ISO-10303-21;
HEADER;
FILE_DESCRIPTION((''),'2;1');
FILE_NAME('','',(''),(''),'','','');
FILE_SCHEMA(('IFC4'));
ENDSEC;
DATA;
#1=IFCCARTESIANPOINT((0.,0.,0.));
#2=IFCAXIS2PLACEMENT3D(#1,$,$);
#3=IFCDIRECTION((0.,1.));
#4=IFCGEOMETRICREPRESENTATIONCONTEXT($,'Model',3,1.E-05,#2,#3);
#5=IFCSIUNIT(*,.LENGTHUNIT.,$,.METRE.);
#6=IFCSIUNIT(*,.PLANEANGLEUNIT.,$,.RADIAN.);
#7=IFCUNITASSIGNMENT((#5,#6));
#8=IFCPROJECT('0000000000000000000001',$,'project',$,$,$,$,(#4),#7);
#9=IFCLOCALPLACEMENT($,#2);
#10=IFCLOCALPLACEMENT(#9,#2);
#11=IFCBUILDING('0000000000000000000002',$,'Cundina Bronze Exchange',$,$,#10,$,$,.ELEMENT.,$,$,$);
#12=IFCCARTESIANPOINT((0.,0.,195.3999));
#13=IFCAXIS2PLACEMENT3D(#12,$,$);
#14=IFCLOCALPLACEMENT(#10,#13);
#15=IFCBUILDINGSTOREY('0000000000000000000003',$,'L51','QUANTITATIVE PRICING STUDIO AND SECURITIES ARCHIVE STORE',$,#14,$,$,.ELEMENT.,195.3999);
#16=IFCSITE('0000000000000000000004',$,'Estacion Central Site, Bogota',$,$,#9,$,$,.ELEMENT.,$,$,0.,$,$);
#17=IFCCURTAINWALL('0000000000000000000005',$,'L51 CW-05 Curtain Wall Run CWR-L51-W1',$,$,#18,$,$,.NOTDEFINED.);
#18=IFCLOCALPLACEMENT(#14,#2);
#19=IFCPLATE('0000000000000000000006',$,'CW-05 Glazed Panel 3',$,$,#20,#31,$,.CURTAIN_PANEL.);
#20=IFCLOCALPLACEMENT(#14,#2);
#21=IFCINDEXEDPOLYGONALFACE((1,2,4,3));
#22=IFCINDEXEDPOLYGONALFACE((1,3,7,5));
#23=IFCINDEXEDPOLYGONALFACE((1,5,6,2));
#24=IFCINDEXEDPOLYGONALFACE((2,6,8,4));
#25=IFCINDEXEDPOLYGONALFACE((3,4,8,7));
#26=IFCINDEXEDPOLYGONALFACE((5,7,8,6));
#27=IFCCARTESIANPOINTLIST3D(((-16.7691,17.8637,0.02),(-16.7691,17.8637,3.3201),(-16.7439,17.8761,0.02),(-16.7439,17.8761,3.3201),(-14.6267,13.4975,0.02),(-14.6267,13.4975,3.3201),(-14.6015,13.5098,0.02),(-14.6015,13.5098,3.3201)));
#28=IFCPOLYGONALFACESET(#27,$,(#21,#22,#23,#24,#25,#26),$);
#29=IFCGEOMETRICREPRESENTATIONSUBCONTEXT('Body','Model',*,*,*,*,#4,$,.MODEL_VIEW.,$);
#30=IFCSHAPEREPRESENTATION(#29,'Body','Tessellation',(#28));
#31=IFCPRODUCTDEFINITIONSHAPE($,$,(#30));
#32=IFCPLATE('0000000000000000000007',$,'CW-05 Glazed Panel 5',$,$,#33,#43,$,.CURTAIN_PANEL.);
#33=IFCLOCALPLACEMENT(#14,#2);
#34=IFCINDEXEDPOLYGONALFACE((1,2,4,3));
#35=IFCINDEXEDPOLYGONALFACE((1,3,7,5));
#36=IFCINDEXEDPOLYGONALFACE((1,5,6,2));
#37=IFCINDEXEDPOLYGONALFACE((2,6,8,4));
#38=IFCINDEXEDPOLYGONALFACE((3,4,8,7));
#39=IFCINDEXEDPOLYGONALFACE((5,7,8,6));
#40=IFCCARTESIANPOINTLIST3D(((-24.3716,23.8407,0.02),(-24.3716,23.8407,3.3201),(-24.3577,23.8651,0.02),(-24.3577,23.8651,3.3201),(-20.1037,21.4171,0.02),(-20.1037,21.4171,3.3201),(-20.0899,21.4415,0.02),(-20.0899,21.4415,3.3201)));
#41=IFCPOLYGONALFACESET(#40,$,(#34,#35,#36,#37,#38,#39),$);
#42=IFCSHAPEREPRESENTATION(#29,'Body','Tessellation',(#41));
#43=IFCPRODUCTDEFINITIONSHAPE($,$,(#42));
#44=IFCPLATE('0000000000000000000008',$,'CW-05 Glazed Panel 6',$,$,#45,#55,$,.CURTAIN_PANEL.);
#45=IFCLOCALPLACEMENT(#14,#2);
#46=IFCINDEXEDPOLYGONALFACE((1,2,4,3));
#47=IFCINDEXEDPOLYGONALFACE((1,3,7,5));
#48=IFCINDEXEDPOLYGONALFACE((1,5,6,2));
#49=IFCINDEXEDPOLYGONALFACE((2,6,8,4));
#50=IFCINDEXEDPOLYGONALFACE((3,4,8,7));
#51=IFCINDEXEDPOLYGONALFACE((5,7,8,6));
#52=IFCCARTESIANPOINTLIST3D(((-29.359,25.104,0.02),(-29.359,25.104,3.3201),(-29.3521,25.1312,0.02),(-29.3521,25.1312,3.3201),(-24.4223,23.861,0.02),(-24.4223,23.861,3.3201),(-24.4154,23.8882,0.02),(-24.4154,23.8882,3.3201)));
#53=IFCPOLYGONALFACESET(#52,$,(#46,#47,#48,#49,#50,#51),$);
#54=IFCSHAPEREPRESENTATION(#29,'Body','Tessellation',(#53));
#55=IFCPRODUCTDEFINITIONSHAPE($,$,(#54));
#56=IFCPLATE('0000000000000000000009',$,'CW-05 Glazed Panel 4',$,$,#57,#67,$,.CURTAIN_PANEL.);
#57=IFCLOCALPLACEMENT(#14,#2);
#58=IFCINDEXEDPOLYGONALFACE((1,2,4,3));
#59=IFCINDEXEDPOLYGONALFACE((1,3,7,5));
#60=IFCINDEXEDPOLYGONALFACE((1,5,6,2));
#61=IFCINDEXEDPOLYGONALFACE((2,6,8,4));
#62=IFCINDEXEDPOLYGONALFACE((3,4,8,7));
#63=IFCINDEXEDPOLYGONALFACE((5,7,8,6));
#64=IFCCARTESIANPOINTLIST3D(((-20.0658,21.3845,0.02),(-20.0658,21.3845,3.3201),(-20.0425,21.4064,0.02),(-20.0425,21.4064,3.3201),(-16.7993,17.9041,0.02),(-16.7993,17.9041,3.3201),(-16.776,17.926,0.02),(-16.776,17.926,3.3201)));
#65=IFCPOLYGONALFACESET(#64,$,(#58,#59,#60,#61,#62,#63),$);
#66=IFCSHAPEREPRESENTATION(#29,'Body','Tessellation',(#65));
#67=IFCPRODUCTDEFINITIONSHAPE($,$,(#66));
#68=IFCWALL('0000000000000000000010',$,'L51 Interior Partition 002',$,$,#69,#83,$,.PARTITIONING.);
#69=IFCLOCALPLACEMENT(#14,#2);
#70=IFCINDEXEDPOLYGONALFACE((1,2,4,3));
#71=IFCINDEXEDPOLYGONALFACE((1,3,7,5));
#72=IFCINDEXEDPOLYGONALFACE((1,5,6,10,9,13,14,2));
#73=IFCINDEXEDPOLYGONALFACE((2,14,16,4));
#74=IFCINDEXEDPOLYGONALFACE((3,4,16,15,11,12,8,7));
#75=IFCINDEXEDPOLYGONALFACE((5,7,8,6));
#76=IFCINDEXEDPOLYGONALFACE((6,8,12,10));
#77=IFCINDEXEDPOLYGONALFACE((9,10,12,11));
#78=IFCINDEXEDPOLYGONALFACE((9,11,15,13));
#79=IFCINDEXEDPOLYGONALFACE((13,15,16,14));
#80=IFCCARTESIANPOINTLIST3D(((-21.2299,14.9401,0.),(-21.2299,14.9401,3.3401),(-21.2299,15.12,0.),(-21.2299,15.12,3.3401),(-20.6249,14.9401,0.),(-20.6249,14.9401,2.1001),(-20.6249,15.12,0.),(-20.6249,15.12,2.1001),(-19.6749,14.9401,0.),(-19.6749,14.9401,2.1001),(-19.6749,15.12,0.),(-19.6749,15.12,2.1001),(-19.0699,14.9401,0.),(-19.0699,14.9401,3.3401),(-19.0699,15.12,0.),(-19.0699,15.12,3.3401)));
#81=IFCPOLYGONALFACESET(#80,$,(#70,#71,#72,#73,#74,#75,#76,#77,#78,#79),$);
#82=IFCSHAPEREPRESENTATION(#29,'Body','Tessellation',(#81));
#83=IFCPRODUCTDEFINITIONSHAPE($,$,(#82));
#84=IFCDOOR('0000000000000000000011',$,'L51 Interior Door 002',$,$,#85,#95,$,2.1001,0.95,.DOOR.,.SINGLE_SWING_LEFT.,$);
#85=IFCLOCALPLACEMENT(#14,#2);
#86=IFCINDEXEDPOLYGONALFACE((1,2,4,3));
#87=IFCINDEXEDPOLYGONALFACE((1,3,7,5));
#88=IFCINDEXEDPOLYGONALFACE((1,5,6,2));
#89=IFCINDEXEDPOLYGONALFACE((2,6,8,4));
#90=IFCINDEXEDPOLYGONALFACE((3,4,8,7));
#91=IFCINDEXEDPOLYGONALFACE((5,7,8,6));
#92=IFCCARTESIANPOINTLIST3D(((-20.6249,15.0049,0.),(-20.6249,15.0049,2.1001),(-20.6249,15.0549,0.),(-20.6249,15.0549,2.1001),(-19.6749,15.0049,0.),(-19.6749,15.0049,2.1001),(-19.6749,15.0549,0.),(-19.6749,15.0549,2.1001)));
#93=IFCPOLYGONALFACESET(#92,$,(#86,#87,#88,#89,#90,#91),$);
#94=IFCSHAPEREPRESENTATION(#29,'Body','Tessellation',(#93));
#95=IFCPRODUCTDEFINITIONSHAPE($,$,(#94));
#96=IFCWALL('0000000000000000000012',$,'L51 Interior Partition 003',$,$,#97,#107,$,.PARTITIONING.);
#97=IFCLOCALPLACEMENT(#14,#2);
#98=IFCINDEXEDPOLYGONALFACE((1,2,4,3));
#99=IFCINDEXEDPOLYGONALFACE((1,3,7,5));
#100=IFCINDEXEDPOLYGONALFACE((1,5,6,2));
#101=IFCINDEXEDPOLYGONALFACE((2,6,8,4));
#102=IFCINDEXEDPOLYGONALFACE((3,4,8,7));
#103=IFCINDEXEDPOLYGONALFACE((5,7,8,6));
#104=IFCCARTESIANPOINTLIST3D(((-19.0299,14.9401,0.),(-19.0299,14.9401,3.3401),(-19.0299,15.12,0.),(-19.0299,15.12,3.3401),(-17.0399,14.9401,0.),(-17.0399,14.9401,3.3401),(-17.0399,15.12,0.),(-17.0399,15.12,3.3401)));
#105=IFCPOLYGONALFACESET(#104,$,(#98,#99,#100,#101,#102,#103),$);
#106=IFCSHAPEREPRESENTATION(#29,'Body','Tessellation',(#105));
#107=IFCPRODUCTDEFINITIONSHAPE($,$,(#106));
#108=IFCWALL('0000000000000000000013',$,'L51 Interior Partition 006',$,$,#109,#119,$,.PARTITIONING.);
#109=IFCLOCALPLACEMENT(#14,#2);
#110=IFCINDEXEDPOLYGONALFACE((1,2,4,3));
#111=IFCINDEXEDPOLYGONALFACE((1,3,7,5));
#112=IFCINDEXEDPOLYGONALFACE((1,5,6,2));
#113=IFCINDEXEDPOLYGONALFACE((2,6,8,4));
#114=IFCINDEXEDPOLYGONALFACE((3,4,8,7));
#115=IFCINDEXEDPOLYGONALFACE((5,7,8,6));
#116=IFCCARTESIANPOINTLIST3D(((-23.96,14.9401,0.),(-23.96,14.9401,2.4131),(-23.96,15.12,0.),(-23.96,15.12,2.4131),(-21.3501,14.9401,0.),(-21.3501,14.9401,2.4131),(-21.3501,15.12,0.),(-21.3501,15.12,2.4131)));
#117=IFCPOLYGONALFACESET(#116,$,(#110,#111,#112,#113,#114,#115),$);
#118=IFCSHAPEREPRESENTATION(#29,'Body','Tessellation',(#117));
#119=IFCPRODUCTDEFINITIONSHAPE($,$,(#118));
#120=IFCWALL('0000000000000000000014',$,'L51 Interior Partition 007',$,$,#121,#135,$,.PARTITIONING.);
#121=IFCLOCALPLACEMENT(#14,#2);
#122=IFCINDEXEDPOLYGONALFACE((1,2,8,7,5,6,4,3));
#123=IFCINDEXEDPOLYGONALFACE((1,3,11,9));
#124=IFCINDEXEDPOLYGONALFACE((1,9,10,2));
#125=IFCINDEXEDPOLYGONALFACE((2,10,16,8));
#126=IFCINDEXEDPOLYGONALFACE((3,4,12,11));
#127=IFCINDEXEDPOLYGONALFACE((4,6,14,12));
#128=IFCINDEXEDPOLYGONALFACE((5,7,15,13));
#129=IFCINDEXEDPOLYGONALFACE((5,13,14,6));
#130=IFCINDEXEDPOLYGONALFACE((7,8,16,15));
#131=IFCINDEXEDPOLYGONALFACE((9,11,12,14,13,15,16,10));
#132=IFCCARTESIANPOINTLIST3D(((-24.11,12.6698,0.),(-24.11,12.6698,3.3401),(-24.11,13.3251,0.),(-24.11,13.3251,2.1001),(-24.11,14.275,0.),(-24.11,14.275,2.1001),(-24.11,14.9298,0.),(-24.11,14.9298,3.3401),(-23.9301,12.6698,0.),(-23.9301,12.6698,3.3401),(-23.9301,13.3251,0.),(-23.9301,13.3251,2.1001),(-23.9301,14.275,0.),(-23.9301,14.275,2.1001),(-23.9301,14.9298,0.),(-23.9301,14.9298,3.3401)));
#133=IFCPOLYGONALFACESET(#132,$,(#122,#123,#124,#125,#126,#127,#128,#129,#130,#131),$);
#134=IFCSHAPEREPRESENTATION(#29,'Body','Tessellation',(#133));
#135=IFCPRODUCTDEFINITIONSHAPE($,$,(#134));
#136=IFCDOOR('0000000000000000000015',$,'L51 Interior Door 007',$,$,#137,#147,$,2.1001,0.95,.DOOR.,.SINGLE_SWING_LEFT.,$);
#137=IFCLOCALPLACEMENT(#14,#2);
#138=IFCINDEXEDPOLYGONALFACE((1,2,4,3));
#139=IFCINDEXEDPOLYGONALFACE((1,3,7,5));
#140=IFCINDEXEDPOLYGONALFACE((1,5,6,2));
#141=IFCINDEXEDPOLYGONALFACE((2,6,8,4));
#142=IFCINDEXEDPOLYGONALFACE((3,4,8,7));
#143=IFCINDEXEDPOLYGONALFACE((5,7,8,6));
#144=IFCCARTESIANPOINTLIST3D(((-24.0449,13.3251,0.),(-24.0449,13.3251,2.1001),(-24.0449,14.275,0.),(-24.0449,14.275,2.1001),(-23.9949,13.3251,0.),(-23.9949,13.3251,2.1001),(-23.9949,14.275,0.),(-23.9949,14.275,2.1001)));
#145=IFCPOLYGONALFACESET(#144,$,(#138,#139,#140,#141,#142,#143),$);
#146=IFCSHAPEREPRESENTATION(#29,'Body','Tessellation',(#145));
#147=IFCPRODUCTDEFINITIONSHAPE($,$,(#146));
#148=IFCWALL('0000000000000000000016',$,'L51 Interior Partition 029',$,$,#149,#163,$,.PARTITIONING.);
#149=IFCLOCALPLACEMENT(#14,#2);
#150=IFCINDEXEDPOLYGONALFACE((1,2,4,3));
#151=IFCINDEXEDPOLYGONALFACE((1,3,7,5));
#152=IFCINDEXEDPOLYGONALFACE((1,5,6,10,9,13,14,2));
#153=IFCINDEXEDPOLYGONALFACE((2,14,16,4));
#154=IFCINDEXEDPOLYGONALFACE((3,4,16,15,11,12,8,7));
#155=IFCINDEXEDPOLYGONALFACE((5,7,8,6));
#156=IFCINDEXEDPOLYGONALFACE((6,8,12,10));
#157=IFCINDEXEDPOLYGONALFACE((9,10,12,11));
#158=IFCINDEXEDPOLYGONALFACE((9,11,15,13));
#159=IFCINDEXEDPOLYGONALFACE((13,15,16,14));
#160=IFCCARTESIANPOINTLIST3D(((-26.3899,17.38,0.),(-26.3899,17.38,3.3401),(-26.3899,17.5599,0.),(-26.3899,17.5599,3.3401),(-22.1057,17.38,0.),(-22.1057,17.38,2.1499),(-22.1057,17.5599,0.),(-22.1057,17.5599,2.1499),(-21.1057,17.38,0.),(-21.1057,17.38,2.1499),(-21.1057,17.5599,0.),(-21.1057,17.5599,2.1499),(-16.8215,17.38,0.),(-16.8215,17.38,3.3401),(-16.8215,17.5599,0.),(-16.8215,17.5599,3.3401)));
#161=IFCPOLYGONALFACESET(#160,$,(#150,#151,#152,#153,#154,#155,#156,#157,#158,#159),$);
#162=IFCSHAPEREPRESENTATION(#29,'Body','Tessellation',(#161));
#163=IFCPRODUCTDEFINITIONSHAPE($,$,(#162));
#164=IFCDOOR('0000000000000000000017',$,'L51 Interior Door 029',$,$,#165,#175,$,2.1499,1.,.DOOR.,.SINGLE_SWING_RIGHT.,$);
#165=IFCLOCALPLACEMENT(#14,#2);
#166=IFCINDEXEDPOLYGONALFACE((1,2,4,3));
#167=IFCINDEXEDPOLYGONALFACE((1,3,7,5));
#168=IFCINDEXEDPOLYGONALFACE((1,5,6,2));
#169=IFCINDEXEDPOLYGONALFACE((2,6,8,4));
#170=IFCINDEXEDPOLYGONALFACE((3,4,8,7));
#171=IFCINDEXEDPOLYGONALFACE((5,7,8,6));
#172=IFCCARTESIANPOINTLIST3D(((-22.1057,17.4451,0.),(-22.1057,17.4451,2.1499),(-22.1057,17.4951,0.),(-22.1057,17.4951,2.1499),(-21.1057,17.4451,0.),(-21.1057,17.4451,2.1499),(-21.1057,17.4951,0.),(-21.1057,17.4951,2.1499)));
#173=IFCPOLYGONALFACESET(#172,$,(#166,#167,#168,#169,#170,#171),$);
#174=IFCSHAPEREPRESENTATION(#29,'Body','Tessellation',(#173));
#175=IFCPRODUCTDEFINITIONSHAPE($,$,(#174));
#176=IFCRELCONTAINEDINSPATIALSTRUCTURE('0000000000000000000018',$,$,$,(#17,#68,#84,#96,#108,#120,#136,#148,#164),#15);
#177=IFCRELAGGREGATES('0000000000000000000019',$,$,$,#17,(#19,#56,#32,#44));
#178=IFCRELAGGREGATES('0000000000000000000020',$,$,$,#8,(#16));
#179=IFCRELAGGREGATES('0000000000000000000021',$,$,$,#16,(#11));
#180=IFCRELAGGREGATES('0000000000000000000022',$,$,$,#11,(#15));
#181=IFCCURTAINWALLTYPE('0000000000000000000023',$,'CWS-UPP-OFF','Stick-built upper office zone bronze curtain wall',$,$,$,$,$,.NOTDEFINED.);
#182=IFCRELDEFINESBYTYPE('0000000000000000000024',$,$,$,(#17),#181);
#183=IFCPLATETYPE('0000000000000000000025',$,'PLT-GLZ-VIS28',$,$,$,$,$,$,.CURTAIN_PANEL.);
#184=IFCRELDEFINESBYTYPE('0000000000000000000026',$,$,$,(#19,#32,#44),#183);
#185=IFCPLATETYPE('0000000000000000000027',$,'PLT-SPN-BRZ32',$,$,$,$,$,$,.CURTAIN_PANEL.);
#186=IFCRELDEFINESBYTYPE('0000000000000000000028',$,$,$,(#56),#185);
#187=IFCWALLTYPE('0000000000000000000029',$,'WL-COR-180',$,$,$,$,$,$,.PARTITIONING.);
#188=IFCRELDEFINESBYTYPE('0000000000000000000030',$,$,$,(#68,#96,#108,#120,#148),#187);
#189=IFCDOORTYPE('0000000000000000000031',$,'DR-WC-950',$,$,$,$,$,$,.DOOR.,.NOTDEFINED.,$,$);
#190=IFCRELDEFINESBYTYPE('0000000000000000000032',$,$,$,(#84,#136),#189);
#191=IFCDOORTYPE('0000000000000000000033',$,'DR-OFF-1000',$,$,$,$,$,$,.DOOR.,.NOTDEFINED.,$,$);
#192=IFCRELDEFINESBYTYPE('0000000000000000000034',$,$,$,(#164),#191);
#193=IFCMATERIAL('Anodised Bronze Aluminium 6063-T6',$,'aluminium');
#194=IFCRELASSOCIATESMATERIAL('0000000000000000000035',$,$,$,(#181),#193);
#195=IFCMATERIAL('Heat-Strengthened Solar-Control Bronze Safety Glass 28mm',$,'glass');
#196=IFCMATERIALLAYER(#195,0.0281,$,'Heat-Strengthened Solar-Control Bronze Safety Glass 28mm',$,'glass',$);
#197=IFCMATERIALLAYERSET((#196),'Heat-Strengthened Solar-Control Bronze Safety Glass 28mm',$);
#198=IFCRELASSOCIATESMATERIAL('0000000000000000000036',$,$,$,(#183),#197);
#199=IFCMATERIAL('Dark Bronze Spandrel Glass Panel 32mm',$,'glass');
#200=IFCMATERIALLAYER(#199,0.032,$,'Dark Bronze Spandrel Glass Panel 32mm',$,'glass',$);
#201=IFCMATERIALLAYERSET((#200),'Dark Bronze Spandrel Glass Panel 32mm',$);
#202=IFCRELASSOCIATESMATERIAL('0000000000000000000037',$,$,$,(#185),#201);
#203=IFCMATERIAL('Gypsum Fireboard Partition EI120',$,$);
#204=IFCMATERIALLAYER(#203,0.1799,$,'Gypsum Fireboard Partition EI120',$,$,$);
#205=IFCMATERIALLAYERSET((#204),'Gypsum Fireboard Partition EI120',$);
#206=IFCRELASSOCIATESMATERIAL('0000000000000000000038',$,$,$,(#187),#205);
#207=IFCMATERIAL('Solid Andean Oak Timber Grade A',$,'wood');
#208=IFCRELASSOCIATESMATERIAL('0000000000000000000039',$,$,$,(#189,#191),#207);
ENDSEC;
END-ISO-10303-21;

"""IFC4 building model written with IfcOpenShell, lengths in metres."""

from ifc_helpers import new_model, si_unit, direction, frame, frame_2d, origin, origin_2d, place, context, subcontext, project, spatial, rectangle, extrude, material, layer, layer_set, type_object, element, fill, aggregate, save


model = new_model("IFC4")

# Units and contexts
model_context = context("Model", 3, precision=1e-05, world=origin(), true_north=direction((0.0, 1.0)))
body_context = subcontext(model_context, "Body", "Model", "MODEL_VIEW")
ifc_project = project(units=[si_unit("LENGTHUNIT", "METRE"), si_unit("PLANEANGLEUNIT", "RADIAN")], contexts=[model_context])

# Site, building, storey
site_placement = place(None, origin())
site = spatial("IfcSite", under=ifc_project, at=site_placement, Name="Estacion Central Site, Bogota", CompositionType="ELEMENT", RefElevation=0.0)
building_placement = place(site_placement, origin())
building = spatial("IfcBuilding", under=site, at=building_placement, Name="Cundina Bronze Exchange", CompositionType="ELEMENT")
storey_placement = place(building_placement, frame((0.0, 0.0, 195.3999)))
storey = spatial("IfcBuildingStorey", under=building, at=storey_placement, Name="L51", Description="QUANTITATIVE PRICING STUDIO AND SECURITIES ARCHIVE STORE", CompositionType="ELEMENT", Elevation=195.3999)

# Curtain wall, plates
ifc_material_1 = material(Name="Anodised Bronze Aluminium 6063-T6", Category="aluminium")
curtain_wall_type = type_object("IfcCurtainWallType", Name="CWS-UPP-OFF", Description="Stick-built upper office zone bronze curtain wall", PredefinedType="NOTDEFINED", material=ifc_material_1)
curtain_wall_placement = place(storey_placement, origin())
curtain_wall = element("IfcCurtainWall", 1, at=curtain_wall_placement, inside=storey, type_object=curtain_wall_type, Name="L51 CW-05 Curtain Wall Run CWR-L51-W1", PredefinedType="NOTDEFINED")
ifc_material_2 = material(Name="Heat-Strengthened Solar-Control Bronze Safety Glass 28mm", Category="glass")
ifc_layer_1 = layer(ifc_material_2, 0.0281, Name="Heat-Strengthened Solar-Control Bronze Safety Glass 28mm", Category="glass")
ifc_layer_set_1 = layer_set([ifc_layer_1], Name="Heat-Strengthened Solar-Control Bronze Safety Glass 28mm")
plate_type_1 = type_object("IfcPlateType", Name="PLT-GLZ-VIS28", PredefinedType="CURTAIN_PANEL", material=ifc_layer_set_1)
plate_1_placement = place(storey_placement, frame((-15.6853, 15.6868, 0.02), z_axis=(0.0, 0.0, 1.0), x_axis=(-0.440503, 0.897751, 0.0)))
plate_1 = element("IfcPlate", 2, at=plate_1_placement, type_object=plate_type_1, Name="CW-05 Glazed Panel 3", PredefinedType="CURTAIN_PANEL", context=body_context, shape_type="SweptSolid", body=[
    extrude(rectangle(XDim=4.8635, YDim=0.0281, at=origin_2d()), origin(), (0.0, 0.0, 1.0), 3.3),
])
plate_2_placement = place(storey_placement, frame((-22.2307, 22.6411, 0.02), z_axis=(0.0, 0.0, 1.0), x_axis=(-0.869573, 0.493805, 0.0)))
plate_2 = element("IfcPlate", 3, at=plate_2_placement, type_object=plate_type_1, Name="CW-05 Glazed Panel 5", PredefinedType="CURTAIN_PANEL", context=body_context, shape_type="SweptSolid", body=[
    extrude(rectangle(XDim=4.908, YDim=0.0281, at=origin_2d()), origin(), (0.0, 0.0, 1.0), 3.3),
])
plate_3_placement = place(storey_placement, frame((-26.8872, 24.4961, 0.02), z_axis=(0.0, 0.0, 1.0), x_axis=(-0.969732, 0.244174, 0.0)))
plate_3 = element("IfcPlate", 4, at=plate_3_placement, type_object=plate_type_1, Name="CW-05 Glazed Panel 6", PredefinedType="CURTAIN_PANEL", context=body_context, shape_type="SweptSolid", body=[
    extrude(rectangle(XDim=5.0908, YDim=0.0281, at=origin_2d()), origin(), (0.0, 0.0, 1.0), 3.3),
])
ifc_material_3 = material(Name="Dark Bronze Spandrel Glass Panel 32mm", Category="glass")
ifc_layer_2 = layer(ifc_material_3, 0.032, Name="Dark Bronze Spandrel Glass Panel 32mm", Category="glass")
ifc_layer_set_2 = layer_set([ifc_layer_2], Name="Dark Bronze Spandrel Glass Panel 32mm")
plate_type_2 = type_object("IfcPlateType", Name="PLT-SPN-BRZ32", PredefinedType="CURTAIN_PANEL", material=ifc_layer_set_2)
plate_4_placement = place(storey_placement, frame((-18.4209, 19.6553, 0.02), z_axis=(0.0, 0.0, 1.0), x_axis=(-0.684344, 0.72916, 0.0)))
plate_4 = element("IfcPlate", 5, at=plate_4_placement, type_object=plate_type_2, Name="CW-05 Glazed Panel 4", PredefinedType="CURTAIN_PANEL", context=body_context, shape_type="SweptSolid", body=[
    extrude(rectangle(XDim=4.7732, YDim=0.032, at=origin_2d()), origin(), (0.0, 0.0, 1.0), 3.3),
])
aggregate(curtain_wall, [plate_1, plate_4, plate_2, plate_3])

# Wall, opening, door
ifc_material_4 = material(Name="Gypsum Fireboard Partition EI120")
ifc_layer_3 = layer(ifc_material_4, 0.1799, Name="Gypsum Fireboard Partition EI120")
ifc_layer_set_3 = layer_set([ifc_layer_3], Name="Gypsum Fireboard Partition EI120")
wall_type_1 = type_object("IfcWallType", Name="WL-COR-180", PredefinedType="PARTITIONING", material=ifc_layer_set_3)
wall_1_placement = place(storey_placement, frame((-21.23, 15.03, 0.0), z_axis=(0.0, 0.0, 1.0), x_axis=(1.0, 0.0, 0.0)))
wall_1 = element("IfcWall", 6, at=wall_1_placement, inside=storey, type_object=wall_type_1, Name="L51 Interior Partition 002", PredefinedType="PARTITIONING", context=body_context, shape_type="SweptSolid", body=[
    extrude(rectangle(XDim=2.1599, YDim=0.1799, at=frame_2d((1.0801, 0.0))), origin(), (0.0, 0.0, 1.0), 3.3401),
])
opening_1_placement = place(wall_1_placement, frame((0.605, 0.0, 0.0)))
opening_1 = element("IfcOpeningElement", 7, at=opening_1_placement, cuts=wall_1, PredefinedType="OPENING", context=body_context, shape_type="SweptSolid", body=[
    extrude(rectangle(XDim=0.95, YDim=2.1001, at=frame_2d((0.4751, 1.05))), frame((0.0, 0.0999, 0.0), z_axis=(0.0, -1.0, 0.0), x_axis=(1.0, 0.0, 0.0)), (0.0, 0.0, 1.0), 0.2),
])
ifc_material_5 = material(Name="Solid Andean Oak Timber Grade A", Category="wood")
door_type_1 = type_object("IfcDoorType", Name="DR-WC-950", OperationType="NOTDEFINED", PredefinedType="DOOR", material=ifc_material_5)
door_1_placement = place(opening_1_placement, origin())
door_1 = element("IfcDoor", 8, at=door_1_placement, inside=storey, type_object=door_type_1, Name="L51 Interior Door 002", OperationType="SINGLE_SWING_LEFT", OverallHeight=2.1001, OverallWidth=0.95, PredefinedType="DOOR", context=body_context, shape_type="SweptSolid", body=[
    extrude(rectangle(XDim=0.95, YDim=2.1001, at=frame_2d((0.4751, 1.05))), frame((0.0, 0.0249, 0.0), z_axis=(0.0, -1.0, 0.0), x_axis=(1.0, 0.0, 0.0)), (0.0, 0.0, 1.0), 0.05),
])
fill(opening_1, door_1)

# Walls
wall_2_placement = place(storey_placement, frame((-19.03, 15.03, 0.0), z_axis=(0.0, 0.0, 1.0), x_axis=(1.0, 0.0, 0.0)))
element("IfcWall", 9, at=wall_2_placement, inside=storey, type_object=wall_type_1, Name="L51 Interior Partition 003", PredefinedType="PARTITIONING", context=body_context, shape_type="SweptSolid", body=[
    extrude(rectangle(XDim=1.99, YDim=0.1799, at=frame_2d((0.9951, 0.0))), origin(), (0.0, 0.0, 1.0), 3.3401),
])
wall_3_placement = place(storey_placement, frame((-23.96, 15.03, 0.0), z_axis=(0.0, 0.0, 1.0), x_axis=(1.0, 0.0, 0.0)))
element("IfcWall", 10, at=wall_3_placement, inside=storey, type_object=wall_type_1, Name="L51 Interior Partition 006", PredefinedType="PARTITIONING", context=body_context, shape_type="SweptSolid", body=[
    extrude(rectangle(XDim=2.6099, YDim=0.1799, at=frame_2d((1.3049, 0.0))), origin(), (0.0, 0.0, 1.0), 2.4131),
])

# Walls, openings, doors
wall_4_placement = place(storey_placement, frame((-24.02, 12.6699, 0.0), z_axis=(0.0, 0.0, 1.0), x_axis=(0.0, 1.0, 0.0)))
wall_4 = element("IfcWall", 11, at=wall_4_placement, inside=storey, type_object=wall_type_1, Name="L51 Interior Partition 007", PredefinedType="PARTITIONING", context=body_context, shape_type="SweptSolid", body=[
    extrude(rectangle(XDim=2.26, YDim=0.1799, at=frame_2d((1.1299, 0.0))), origin(), (0.0, 0.0, 1.0), 3.3401),
])
opening_2_placement = place(wall_4_placement, frame((0.655, 0.0, 0.0)))
opening_2 = element("IfcOpeningElement", 12, at=opening_2_placement, cuts=wall_4, PredefinedType="OPENING", context=body_context, shape_type="SweptSolid", body=[
    extrude(rectangle(XDim=0.95, YDim=2.1001, at=frame_2d((0.4751, 1.05))), frame((0.0, 0.0999, 0.0), z_axis=(0.0, -1.0, 0.0), x_axis=(1.0, 0.0, 0.0)), (0.0, 0.0, 1.0), 0.2),
])
door_2_placement = place(opening_2_placement, origin())
door_2 = element("IfcDoor", 13, at=door_2_placement, inside=storey, type_object=door_type_1, Name="L51 Interior Door 007", OperationType="SINGLE_SWING_LEFT", OverallHeight=2.1001, OverallWidth=0.95, PredefinedType="DOOR", context=body_context, shape_type="SweptSolid", body=[
    extrude(rectangle(XDim=0.95, YDim=2.1001, at=frame_2d((0.4751, 1.05))), frame((0.0, 0.0249, 0.0), z_axis=(0.0, -1.0, 0.0), x_axis=(1.0, 0.0, 0.0)), (0.0, 0.0, 1.0), 0.05),
])
fill(opening_2, door_2)
wall_5_placement = place(storey_placement, frame((-16.8215, 17.47, 0.0), z_axis=(0.0, 0.0, 1.0), x_axis=(-1.0, 0.0, 0.0)))
wall_5 = element("IfcWall", 14, at=wall_5_placement, inside=storey, type_object=wall_type_1, Name="L51 Interior Partition 029", PredefinedType="PARTITIONING", context=body_context, shape_type="SweptSolid", body=[
    extrude(rectangle(XDim=9.5684, YDim=0.1799, at=frame_2d((4.7842, 0.0))), origin(), (0.0, 0.0, 1.0), 3.3401),
])
opening_3_placement = place(wall_5_placement, frame((4.2842, 0.0, 0.0)))
opening_3 = element("IfcOpeningElement", 15, at=opening_3_placement, cuts=wall_5, PredefinedType="OPENING", context=body_context, shape_type="SweptSolid", body=[
    extrude(rectangle(XDim=1.0, YDim=2.1499, at=frame_2d((0.5, 1.075))), frame((0.0, 0.0999, 0.0), z_axis=(0.0, -1.0, 0.0), x_axis=(1.0, 0.0, 0.0)), (0.0, 0.0, 1.0), 0.2),
])
door_type_2 = type_object("IfcDoorType", Name="DR-OFF-1000", OperationType="NOTDEFINED", PredefinedType="DOOR", material=ifc_material_5)
door_3_placement = place(opening_3_placement, origin())
door_3 = element("IfcDoor", 16, at=door_3_placement, inside=storey, type_object=door_type_2, Name="L51 Interior Door 029", OperationType="SINGLE_SWING_RIGHT", OverallHeight=2.1499, OverallWidth=1.0, PredefinedType="DOOR", context=body_context, shape_type="SweptSolid", body=[
    extrude(rectangle(XDim=1.0, YDim=2.1499, at=frame_2d((0.5, 1.075))), frame((0.0, 0.0249, 0.0), z_axis=(0.0, -1.0, 0.0), x_axis=(1.0, 0.0, 0.0)), (0.0, 0.0, 1.0), 0.05),
])
fill(opening_3, door_3)

save(model, "model.ifc")
